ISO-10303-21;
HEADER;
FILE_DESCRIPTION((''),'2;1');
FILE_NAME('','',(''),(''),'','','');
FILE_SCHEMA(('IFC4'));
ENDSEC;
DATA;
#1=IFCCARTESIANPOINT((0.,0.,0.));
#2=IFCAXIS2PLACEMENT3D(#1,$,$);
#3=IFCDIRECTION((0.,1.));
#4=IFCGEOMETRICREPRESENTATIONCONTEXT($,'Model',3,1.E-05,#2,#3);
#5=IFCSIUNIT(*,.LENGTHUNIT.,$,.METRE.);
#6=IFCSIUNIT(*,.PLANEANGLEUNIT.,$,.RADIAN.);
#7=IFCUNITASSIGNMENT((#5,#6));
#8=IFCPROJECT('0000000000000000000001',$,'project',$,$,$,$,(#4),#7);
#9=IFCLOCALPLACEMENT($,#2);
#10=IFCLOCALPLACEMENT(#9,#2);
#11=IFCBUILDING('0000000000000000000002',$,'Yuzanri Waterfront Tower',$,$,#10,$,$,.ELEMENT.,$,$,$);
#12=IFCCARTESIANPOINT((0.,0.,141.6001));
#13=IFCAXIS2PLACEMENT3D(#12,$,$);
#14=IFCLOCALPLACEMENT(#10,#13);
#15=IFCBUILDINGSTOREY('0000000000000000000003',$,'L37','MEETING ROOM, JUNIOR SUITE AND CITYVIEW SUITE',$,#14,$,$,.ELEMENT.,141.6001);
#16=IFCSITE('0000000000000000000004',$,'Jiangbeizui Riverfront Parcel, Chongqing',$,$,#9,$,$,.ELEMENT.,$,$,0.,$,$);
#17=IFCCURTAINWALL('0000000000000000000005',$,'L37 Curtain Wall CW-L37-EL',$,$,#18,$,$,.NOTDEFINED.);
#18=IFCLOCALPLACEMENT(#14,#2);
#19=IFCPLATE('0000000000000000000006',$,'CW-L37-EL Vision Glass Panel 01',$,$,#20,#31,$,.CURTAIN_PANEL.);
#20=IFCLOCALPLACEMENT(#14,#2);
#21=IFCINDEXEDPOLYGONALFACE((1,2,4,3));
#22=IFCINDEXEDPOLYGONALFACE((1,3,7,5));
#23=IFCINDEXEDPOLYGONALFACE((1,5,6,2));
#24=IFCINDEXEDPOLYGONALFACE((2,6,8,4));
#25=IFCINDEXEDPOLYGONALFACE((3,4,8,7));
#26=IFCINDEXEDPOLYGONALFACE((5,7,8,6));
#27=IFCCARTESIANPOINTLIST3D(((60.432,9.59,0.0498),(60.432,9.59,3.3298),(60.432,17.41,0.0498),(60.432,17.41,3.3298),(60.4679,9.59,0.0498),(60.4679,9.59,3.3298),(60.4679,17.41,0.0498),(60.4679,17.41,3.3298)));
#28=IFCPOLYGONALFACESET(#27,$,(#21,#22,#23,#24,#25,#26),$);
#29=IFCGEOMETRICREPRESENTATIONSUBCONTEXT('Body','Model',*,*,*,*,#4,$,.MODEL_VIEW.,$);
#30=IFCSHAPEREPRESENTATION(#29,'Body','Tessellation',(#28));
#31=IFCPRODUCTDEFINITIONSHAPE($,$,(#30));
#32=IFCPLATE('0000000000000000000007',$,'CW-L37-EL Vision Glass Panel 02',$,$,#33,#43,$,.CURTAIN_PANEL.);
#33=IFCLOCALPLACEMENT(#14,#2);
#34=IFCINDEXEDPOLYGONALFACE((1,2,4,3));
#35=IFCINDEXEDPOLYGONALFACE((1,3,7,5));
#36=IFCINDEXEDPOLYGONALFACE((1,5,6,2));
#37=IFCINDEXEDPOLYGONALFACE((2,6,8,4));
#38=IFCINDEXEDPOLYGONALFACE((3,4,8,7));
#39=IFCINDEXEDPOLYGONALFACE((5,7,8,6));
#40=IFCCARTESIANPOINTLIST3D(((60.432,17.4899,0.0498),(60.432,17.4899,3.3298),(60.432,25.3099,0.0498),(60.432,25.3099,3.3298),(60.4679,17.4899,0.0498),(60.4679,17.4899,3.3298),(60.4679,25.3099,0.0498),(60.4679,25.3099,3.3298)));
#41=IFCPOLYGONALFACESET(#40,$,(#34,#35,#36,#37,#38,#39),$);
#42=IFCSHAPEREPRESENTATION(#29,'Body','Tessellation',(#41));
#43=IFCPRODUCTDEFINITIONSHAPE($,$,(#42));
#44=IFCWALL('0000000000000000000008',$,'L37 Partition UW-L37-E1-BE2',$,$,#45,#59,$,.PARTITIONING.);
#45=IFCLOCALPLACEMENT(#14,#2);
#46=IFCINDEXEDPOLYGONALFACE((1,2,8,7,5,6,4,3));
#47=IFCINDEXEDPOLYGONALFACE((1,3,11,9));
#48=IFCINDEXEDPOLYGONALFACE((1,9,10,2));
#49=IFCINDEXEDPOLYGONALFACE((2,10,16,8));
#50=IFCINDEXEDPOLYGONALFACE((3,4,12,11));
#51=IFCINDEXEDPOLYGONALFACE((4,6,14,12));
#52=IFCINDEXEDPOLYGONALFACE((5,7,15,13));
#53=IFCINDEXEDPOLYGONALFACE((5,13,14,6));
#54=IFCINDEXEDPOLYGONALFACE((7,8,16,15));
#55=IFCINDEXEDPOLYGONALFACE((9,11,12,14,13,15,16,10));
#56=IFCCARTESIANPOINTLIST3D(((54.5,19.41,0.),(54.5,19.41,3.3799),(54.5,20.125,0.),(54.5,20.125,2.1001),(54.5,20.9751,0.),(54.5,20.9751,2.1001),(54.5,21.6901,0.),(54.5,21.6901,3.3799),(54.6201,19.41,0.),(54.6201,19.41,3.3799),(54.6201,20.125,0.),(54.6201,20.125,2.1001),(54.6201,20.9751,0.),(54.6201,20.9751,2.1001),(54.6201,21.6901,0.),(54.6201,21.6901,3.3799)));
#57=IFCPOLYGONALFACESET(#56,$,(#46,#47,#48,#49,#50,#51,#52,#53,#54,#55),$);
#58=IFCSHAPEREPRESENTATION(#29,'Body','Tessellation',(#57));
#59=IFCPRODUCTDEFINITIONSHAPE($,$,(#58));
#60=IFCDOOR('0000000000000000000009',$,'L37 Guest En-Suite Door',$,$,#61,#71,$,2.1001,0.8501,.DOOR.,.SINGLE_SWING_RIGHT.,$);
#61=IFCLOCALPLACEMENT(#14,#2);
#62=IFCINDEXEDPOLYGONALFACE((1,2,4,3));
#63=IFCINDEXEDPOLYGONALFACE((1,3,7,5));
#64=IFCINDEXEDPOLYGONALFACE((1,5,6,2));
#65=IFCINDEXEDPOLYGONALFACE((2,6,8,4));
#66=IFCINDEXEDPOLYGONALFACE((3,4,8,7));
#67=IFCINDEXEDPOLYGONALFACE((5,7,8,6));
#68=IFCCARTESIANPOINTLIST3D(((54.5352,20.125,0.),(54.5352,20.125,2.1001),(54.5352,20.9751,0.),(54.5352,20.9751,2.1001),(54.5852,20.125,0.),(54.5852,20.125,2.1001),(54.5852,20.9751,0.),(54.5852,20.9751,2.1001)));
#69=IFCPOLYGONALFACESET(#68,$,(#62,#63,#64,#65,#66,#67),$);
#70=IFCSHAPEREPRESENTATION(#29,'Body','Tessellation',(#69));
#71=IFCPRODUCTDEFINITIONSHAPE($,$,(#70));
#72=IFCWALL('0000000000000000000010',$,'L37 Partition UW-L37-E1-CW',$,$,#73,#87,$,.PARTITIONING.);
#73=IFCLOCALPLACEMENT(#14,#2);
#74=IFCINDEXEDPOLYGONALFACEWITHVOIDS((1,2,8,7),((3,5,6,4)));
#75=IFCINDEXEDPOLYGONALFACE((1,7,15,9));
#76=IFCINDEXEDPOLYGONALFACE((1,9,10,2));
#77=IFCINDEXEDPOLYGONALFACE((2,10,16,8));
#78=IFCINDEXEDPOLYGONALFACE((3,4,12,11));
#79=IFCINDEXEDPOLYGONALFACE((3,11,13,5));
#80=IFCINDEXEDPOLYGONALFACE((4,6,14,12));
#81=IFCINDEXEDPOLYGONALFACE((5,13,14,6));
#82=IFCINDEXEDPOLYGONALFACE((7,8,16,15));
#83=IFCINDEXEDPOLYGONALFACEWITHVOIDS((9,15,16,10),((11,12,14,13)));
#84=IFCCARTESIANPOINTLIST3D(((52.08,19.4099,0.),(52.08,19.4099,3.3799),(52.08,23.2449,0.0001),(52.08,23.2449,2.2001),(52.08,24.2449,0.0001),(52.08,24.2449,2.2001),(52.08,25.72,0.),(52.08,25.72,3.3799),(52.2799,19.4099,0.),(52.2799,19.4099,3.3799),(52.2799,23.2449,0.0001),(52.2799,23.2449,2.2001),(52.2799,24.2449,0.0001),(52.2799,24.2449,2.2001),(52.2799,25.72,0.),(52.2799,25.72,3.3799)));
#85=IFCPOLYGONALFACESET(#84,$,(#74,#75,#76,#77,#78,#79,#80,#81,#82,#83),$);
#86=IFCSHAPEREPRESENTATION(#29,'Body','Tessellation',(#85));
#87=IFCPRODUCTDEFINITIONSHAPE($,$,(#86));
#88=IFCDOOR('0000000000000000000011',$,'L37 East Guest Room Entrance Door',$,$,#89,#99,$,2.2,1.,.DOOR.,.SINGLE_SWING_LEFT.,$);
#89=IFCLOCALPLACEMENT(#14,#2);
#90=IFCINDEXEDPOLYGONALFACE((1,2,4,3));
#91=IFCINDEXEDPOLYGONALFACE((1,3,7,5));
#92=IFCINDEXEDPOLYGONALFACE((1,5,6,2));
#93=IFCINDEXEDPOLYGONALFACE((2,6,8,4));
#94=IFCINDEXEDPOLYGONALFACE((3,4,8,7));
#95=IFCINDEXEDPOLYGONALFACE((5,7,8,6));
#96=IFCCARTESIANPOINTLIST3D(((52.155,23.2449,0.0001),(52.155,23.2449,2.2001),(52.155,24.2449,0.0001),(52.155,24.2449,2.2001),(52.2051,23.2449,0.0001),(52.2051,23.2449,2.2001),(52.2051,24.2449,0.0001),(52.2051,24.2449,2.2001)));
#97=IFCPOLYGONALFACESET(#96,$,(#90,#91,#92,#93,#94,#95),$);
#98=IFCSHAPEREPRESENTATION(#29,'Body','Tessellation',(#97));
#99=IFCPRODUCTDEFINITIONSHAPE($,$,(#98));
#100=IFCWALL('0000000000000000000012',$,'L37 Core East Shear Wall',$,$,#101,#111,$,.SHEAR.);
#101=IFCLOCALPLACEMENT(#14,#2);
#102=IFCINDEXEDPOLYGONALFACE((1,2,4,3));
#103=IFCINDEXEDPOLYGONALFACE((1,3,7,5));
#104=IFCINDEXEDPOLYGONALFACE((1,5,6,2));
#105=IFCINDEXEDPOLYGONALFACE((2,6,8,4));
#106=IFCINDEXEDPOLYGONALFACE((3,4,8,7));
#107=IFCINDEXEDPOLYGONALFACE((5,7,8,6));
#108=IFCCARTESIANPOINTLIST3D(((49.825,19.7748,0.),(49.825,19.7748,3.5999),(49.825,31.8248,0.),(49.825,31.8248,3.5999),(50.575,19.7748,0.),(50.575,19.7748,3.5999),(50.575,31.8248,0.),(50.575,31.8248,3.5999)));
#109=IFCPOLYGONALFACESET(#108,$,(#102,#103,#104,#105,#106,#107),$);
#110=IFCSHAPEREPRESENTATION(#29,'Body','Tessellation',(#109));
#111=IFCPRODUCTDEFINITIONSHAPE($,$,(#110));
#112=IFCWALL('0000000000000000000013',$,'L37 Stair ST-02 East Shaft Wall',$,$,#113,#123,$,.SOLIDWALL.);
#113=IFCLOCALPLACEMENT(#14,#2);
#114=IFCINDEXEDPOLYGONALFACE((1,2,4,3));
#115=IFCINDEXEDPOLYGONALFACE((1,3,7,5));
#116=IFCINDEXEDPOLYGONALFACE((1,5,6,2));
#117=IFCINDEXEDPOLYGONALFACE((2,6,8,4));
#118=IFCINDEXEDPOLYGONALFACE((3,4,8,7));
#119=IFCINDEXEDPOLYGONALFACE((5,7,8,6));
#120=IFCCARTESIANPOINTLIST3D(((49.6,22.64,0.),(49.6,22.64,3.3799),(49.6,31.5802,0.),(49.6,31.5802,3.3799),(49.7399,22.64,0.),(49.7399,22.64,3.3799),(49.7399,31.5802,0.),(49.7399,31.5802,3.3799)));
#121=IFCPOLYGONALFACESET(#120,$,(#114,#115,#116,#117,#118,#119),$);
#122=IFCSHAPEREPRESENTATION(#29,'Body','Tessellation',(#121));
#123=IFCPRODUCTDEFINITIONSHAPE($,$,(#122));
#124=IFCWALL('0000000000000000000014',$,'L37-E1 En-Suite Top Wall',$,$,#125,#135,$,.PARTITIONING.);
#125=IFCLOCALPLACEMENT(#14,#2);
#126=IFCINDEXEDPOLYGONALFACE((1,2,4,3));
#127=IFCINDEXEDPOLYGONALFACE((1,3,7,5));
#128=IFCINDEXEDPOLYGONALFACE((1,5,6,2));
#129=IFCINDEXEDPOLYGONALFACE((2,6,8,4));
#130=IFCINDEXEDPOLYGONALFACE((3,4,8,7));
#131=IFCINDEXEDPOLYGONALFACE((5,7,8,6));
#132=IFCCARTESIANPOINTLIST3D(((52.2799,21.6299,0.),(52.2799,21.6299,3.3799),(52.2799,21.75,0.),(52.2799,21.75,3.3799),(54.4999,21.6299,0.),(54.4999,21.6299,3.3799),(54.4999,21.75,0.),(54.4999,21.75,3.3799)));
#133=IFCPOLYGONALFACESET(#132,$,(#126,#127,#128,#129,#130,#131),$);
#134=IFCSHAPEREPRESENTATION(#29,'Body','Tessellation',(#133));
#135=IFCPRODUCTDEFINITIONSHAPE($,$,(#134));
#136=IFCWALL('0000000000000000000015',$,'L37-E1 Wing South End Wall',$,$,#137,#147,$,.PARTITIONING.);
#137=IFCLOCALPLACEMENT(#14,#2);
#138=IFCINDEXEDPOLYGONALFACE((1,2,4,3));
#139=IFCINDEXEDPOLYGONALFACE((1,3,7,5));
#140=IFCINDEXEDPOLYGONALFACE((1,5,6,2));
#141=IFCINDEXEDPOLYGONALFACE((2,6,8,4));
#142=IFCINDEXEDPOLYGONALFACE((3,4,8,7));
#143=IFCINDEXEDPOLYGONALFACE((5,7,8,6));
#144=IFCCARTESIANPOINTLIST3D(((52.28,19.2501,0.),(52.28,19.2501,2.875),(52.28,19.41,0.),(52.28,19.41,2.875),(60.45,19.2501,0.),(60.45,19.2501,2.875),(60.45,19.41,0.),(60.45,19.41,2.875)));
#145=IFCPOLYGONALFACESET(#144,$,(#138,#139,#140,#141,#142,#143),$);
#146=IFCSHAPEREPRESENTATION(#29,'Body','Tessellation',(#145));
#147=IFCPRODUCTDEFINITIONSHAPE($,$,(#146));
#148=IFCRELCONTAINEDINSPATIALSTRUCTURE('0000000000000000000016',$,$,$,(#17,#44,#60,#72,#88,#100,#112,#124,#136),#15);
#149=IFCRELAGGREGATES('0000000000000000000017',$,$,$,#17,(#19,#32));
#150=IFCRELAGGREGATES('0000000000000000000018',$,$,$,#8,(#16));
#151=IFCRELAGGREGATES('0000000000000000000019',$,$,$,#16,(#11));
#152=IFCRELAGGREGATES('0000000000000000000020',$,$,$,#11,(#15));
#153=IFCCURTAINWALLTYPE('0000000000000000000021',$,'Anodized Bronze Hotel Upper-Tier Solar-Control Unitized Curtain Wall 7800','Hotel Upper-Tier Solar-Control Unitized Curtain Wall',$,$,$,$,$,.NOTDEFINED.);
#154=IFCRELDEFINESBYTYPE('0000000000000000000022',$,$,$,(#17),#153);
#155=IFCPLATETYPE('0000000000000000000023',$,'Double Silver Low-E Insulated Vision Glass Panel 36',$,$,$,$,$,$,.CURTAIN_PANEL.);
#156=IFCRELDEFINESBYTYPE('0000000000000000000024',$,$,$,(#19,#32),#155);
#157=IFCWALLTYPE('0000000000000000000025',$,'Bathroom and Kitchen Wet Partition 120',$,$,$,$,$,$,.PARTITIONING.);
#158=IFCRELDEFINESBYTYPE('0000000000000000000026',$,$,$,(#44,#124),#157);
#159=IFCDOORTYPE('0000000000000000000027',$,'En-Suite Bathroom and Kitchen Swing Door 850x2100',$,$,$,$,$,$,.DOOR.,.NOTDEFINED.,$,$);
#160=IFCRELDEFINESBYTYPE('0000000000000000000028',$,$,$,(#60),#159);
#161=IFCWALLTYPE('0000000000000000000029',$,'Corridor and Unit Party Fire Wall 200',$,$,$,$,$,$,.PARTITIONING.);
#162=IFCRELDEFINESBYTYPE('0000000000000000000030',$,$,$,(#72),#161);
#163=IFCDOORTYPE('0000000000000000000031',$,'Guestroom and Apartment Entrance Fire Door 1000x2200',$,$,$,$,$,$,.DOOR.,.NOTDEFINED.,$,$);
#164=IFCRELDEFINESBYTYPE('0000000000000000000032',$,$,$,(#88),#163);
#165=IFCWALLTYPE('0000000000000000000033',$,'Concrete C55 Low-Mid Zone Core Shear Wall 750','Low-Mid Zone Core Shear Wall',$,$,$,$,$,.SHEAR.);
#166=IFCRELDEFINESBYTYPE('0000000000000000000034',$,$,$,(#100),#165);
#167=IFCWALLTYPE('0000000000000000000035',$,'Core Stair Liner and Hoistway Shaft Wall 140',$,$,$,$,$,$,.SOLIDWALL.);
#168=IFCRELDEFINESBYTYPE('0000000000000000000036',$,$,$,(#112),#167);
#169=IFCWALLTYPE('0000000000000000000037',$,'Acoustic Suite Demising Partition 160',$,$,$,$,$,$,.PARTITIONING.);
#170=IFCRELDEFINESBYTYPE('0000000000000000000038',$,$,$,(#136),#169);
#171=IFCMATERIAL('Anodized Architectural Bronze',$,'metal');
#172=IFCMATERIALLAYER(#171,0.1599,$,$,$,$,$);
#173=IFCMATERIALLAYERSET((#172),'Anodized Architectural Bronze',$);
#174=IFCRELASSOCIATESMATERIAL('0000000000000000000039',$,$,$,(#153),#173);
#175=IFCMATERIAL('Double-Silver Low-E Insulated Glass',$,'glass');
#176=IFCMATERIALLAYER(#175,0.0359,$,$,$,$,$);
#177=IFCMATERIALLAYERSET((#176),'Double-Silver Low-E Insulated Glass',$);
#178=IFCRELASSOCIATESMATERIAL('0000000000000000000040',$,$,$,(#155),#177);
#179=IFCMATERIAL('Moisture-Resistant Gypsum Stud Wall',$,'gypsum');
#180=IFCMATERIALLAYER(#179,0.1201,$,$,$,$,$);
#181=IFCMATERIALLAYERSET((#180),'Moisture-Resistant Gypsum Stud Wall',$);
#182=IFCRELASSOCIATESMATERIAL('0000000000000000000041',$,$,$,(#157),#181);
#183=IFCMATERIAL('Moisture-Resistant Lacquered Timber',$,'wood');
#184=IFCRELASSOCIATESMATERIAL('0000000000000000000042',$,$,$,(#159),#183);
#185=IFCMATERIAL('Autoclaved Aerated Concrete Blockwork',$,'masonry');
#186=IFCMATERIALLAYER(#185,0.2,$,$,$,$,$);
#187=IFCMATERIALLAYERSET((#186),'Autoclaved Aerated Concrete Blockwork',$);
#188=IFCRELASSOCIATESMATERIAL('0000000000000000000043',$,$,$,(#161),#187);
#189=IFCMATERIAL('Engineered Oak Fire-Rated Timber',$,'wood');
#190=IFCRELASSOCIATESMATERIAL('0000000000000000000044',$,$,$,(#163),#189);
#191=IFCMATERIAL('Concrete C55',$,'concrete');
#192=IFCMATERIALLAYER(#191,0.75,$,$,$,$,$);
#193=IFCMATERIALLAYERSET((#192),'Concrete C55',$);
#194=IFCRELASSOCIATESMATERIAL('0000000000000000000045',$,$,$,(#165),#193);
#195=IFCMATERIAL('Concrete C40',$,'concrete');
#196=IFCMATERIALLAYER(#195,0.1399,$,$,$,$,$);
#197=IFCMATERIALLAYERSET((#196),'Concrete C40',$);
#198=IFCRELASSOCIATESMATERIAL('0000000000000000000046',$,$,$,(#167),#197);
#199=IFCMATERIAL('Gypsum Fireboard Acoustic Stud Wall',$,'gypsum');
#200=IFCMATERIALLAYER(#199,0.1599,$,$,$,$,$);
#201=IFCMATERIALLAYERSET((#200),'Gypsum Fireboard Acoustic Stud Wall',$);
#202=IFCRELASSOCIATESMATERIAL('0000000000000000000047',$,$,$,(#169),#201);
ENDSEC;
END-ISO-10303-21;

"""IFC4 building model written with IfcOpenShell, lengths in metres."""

from ifc_helpers import new_model, si_unit, direction, frame, frame_2d, origin, origin_2d, place, context, subcontext, project, spatial, rectangle, extrude, source, transform, mapped, material, layer, layer_set, type_object, element, fill, aggregate, save


model = new_model("IFC4")

# Units and contexts
model_context = context("Model", 3, precision=1e-05, world=origin(), true_north=direction((0.0, 1.0)))
body_context = subcontext(model_context, "Body", "Model", "MODEL_VIEW")
ifc_project = project(units=[si_unit("LENGTHUNIT", "METRE"), si_unit("PLANEANGLEUNIT", "RADIAN")], contexts=[model_context])

# Site, building, storey
site_placement = place(None, origin())
site = spatial("IfcSite", under=ifc_project, at=site_placement, Name="Jiangbeizui Riverfront Parcel, Chongqing", CompositionType="ELEMENT", RefElevation=0.0)
building_placement = place(site_placement, origin())
building = spatial("IfcBuilding", under=site, at=building_placement, Name="Yuzanri Waterfront Tower", CompositionType="ELEMENT")
storey_placement = place(building_placement, frame((0.0, 0.0, 141.6001)))
storey = spatial("IfcBuildingStorey", under=building, at=storey_placement, Name="L37", Description="MEETING ROOM, JUNIOR SUITE AND CITYVIEW SUITE", CompositionType="ELEMENT", Elevation=141.6001)

# Curtain wall, plates
ifc_material_1 = material(Name="Anodized Architectural Bronze", Category="metal")
ifc_layer_1 = layer(ifc_material_1, 0.1599)
ifc_layer_set_1 = layer_set([ifc_layer_1], Name="Anodized Architectural Bronze")
curtain_wall_type = type_object("IfcCurtainWallType", Name="Anodized Bronze Hotel Upper-Tier Solar-Control Unitized Curtain Wall 7800", Description="Hotel Upper-Tier Solar-Control Unitized Curtain Wall", PredefinedType="NOTDEFINED", material=ifc_layer_set_1)
curtain_wall_placement = place(storey_placement, origin())
curtain_wall = element("IfcCurtainWall", 1, at=curtain_wall_placement, inside=storey, type_object=curtain_wall_type, Name="L37 Curtain Wall CW-L37-EL", PredefinedType="NOTDEFINED")
ifc_material_2 = material(Name="Double-Silver Low-E Insulated Glass", Category="glass")
ifc_layer_2 = layer(ifc_material_2, 0.0359)
ifc_layer_set_2 = layer_set([ifc_layer_2], Name="Double-Silver Low-E Insulated Glass")
plate_type = type_object("IfcPlateType", Name="Double Silver Low-E Insulated Vision Glass Panel 36", PredefinedType="CURTAIN_PANEL", material=ifc_layer_set_2)
shared_shape_1 = source(origin(), body_context, "Body", "SweptSolid", [
    extrude(rectangle(XDim=7.8201, YDim=0.0359, at=origin_2d()), origin(), (0.0, 0.0, 1.0), 3.28),
])
plate_1_placement = place(storey_placement, frame((60.45, 13.5, 0.0498), z_axis=(0.0, 0.0, 1.0), x_axis=(0.0, 1.0, 0.0)))
plate_1 = element("IfcPlate", 2, at=plate_1_placement, type_object=plate_type, Name="CW-L37-EL Vision Glass Panel 01", PredefinedType="CURTAIN_PANEL", context=body_context, shape_type="MappedRepresentation", body=[
    mapped(shared_shape_1, transform((0.0, 0.0, 0.0), scale=1.0)),
])
plate_2_placement = place(storey_placement, frame((60.45, 21.3999, 0.0498), z_axis=(0.0, 0.0, 1.0), x_axis=(0.0, 1.0, 0.0)))
plate_2 = element("IfcPlate", 3, at=plate_2_placement, type_object=plate_type, Name="CW-L37-EL Vision Glass Panel 02", PredefinedType="CURTAIN_PANEL", context=body_context, shape_type="MappedRepresentation", body=[
    mapped(shared_shape_1, transform((0.0, 0.0, 0.0), scale=1.0)),
])
aggregate(curtain_wall, [plate_1, plate_2])

# Walls, openings, doors
ifc_material_3 = material(Name="Moisture-Resistant Gypsum Stud Wall", Category="gypsum")
ifc_layer_3 = layer(ifc_material_3, 0.1201)
ifc_layer_set_3 = layer_set([ifc_layer_3], Name="Moisture-Resistant Gypsum Stud Wall")
wall_type_1 = type_object("IfcWallType", Name="Bathroom and Kitchen Wet Partition 120", PredefinedType="PARTITIONING", material=ifc_layer_set_3)
wall_1_placement = place(storey_placement, frame((54.5601, 19.4099, 0.0), z_axis=(0.0, 0.0, 1.0), x_axis=(0.0, 1.0, 0.0)))
wall_1 = element("IfcWall", 4, at=wall_1_placement, inside=storey, type_object=wall_type_1, Name="L37 Partition UW-L37-E1-BE2", PredefinedType="PARTITIONING", context=body_context, shape_type="SweptSolid", body=[
    extrude(rectangle(XDim=2.28, YDim=0.1201, at=frame_2d((1.1401, 0.0))), origin(), (0.0, 0.0, 1.0), 3.3799),
])
opening_1_placement = place(wall_1_placement, frame((0.7151, 0.0, 0.0)))
opening_1 = element("IfcOpeningElement", 5, at=opening_1_placement, cuts=wall_1, PredefinedType="OPENING", context=body_context, shape_type="SweptSolid", body=[
    extrude(rectangle(XDim=0.8501, YDim=2.1001, at=frame_2d((0.425, 1.05))), frame((0.0, 0.075, 0.0), z_axis=(0.0, -1.0, 0.0), x_axis=(1.0, 0.0, 0.0)), (0.0, 0.0, 1.0), 0.1499),
])
ifc_material_4 = material(Name="Moisture-Resistant Lacquered Timber", Category="wood")
door_type_1 = type_object("IfcDoorType", Name="En-Suite Bathroom and Kitchen Swing Door 850x2100", OperationType="NOTDEFINED", PredefinedType="DOOR", material=ifc_material_4)
shared_shape_2 = source(origin(), body_context, "Body", "SweptSolid", [
    extrude(rectangle(XDim=0.8501, YDim=2.1001, at=frame_2d((0.425, 1.05))), frame((0.0, 0.0249, 0.0), z_axis=(0.0, -1.0, 0.0), x_axis=(1.0, 0.0, 0.0)), (0.0, 0.0, 1.0), 0.05),
])
door_1_placement = place(opening_1_placement, origin())
door_1 = element("IfcDoor", 6, at=door_1_placement, inside=storey, type_object=door_type_1, Name="L37 Guest En-Suite Door", OperationType="SINGLE_SWING_RIGHT", OverallHeight=2.1001, OverallWidth=0.8501, PredefinedType="DOOR", context=body_context, shape_type="MappedRepresentation", body=[
    mapped(shared_shape_2, transform((0.0, 0.0, 0.0), scale=1.0)),
])
fill(opening_1, door_1)
ifc_material_5 = material(Name="Autoclaved Aerated Concrete Blockwork", Category="masonry")
ifc_layer_4 = layer(ifc_material_5, 0.2)
ifc_layer_set_4 = layer_set([ifc_layer_4], Name="Autoclaved Aerated Concrete Blockwork")
wall_type_2 = type_object("IfcWallType", Name="Corridor and Unit Party Fire Wall 200", PredefinedType="PARTITIONING", material=ifc_layer_set_4)
wall_2_placement = place(storey_placement, frame((52.1799, 19.4099, 0.0), z_axis=(0.0, 0.0, 1.0), x_axis=(0.0, 1.0, 0.0)))
wall_2 = element("IfcWall", 7, at=wall_2_placement, inside=storey, type_object=wall_type_2, Name="L37 Partition UW-L37-E1-CW", PredefinedType="PARTITIONING", context=body_context, shape_type="SweptSolid", body=[
    extrude(rectangle(XDim=6.3101, YDim=0.2, at=frame_2d((3.155, 0.0))), origin(), (0.0, 0.0, 1.0), 3.3799),
])
opening_2_placement = place(wall_2_placement, frame((3.835, 0.0, 0.0)))
opening_2 = element("IfcOpeningElement", 8, at=opening_2_placement, cuts=wall_2, PredefinedType="OPENING", context=body_context, shape_type="SweptSolid", body=[
    extrude(rectangle(XDim=1.0, YDim=2.2, at=frame_2d((0.5, 1.1001))), frame((0.0, 0.1147, 0.0), z_axis=(0.0, -1.0, 0.0), x_axis=(1.0, 0.0, 0.0)), (0.0, 0.0, 1.0), 0.2297),
])
ifc_material_6 = material(Name="Engineered Oak Fire-Rated Timber", Category="wood")
door_type_2 = type_object("IfcDoorType", Name="Guestroom and Apartment Entrance Fire Door 1000x2200", OperationType="NOTDEFINED", PredefinedType="DOOR", material=ifc_material_6)
shared_shape_3 = source(origin(), body_context, "Body", "SweptSolid", [
    extrude(rectangle(XDim=1.0, YDim=2.2, at=frame_2d((0.5, 1.1001))), frame((0.0, 0.0249, 0.0), z_axis=(0.0, -1.0, 0.0), x_axis=(1.0, 0.0, 0.0)), (0.0, 0.0, 1.0), 0.05),
])
door_2_placement = place(opening_2_placement, origin())
door_2 = element("IfcDoor", 9, at=door_2_placement, inside=storey, type_object=door_type_2, Name="L37 East Guest Room Entrance Door", OperationType="SINGLE_SWING_LEFT", OverallHeight=2.2, OverallWidth=1.0, PredefinedType="DOOR", context=body_context, shape_type="MappedRepresentation", body=[
    mapped(shared_shape_3, transform((0.0, 0.0, 0.0), scale=1.0)),
])
fill(opening_2, door_2)

# Walls
ifc_material_7 = material(Name="Concrete C55", Category="concrete")
ifc_layer_5 = layer(ifc_material_7, 0.75)
ifc_layer_set_5 = layer_set([ifc_layer_5], Name="Concrete C55")
wall_type_3 = type_object("IfcWallType", Name="Concrete C55 Low-Mid Zone Core Shear Wall 750", Description="Low-Mid Zone Core Shear Wall", PredefinedType="SHEAR", material=ifc_layer_set_5)
shared_shape_4 = source(origin(), body_context, "Body", "SweptSolid", [
    extrude(rectangle(XDim=12.05, YDim=0.75, at=frame_2d((6.0249, 0.0))), origin(), (0.0, 0.0, 1.0), 3.5999),
])
wall_3_placement = place(storey_placement, frame((50.2, 19.7749, 0.0), z_axis=(0.0, 0.0, 1.0), x_axis=(0.0, 1.0, 0.0)))
element("IfcWall", 10, at=wall_3_placement, inside=storey, type_object=wall_type_3, Name="L37 Core East Shear Wall", PredefinedType="SHEAR", context=body_context, shape_type="MappedRepresentation", body=[
    mapped(shared_shape_4, transform((0.0, 0.0, 0.0), scale=1.0)),
])
ifc_material_8 = material(Name="Concrete C40", Category="concrete")
ifc_layer_6 = layer(ifc_material_8, 0.1399)
ifc_layer_set_6 = layer_set([ifc_layer_6], Name="Concrete C40")
wall_type_4 = type_object("IfcWallType", Name="Core Stair Liner and Hoistway Shaft Wall 140", PredefinedType="SOLIDWALL", material=ifc_layer_set_6)
shared_shape_5 = source(origin(), body_context, "Body", "SweptSolid", [
    extrude(rectangle(XDim=8.9402, YDim=0.1399, at=frame_2d((4.4702, 0.0))), origin(), (0.0, 0.0, 1.0), 3.3799),
])
wall_4_placement = place(storey_placement, frame((49.6699, 22.6399, 0.0), z_axis=(0.0, 0.0, 1.0), x_axis=(0.0, 1.0, 0.0)))
element("IfcWall", 11, at=wall_4_placement, inside=storey, type_object=wall_type_4, Name="L37 Stair ST-02 East Shaft Wall", PredefinedType="SOLIDWALL", context=body_context, shape_type="MappedRepresentation", body=[
    mapped(shared_shape_5, transform((0.0, 0.0, 0.0), scale=1.0)),
])
shared_shape_6 = source(origin(), body_context, "Body", "SweptSolid", [
    extrude(rectangle(XDim=2.22, YDim=0.1201, at=frame_2d((1.1099, 0.0))), origin(), (0.0, 0.0, 1.0), 3.3799),
])
wall_5_placement = place(storey_placement, frame((52.28, 21.6899, 0.0), z_axis=(0.0, 0.0, 1.0), x_axis=(1.0, 0.0, 0.0)))
element("IfcWall", 12, at=wall_5_placement, inside=storey, type_object=wall_type_1, Name="L37-E1 En-Suite Top Wall", PredefinedType="PARTITIONING", context=body_context, shape_type="MappedRepresentation", body=[
    mapped(shared_shape_6, transform((0.0, 0.0, 0.0), scale=1.0)),
])
ifc_material_9 = material(Name="Gypsum Fireboard Acoustic Stud Wall", Category="gypsum")
ifc_layer_7 = layer(ifc_material_9, 0.1599)
ifc_layer_set_7 = layer_set([ifc_layer_7], Name="Gypsum Fireboard Acoustic Stud Wall")
wall_type_5 = type_object("IfcWallType", Name="Acoustic Suite Demising Partition 160", PredefinedType="PARTITIONING", material=ifc_layer_set_7)
shared_shape_7 = source(origin(), body_context, "Body", "SweptSolid", [
    extrude(rectangle(XDim=8.1699, YDim=0.1599, at=frame_2d((4.085, 0.0))), origin(), (0.0, 0.0, 1.0), 2.875),
])
wall_6_placement = place(storey_placement, frame((52.28, 19.3301, 0.0), z_axis=(0.0, 0.0, 1.0), x_axis=(1.0, 0.0, 0.0)))
element("IfcWall", 13, at=wall_6_placement, inside=storey, type_object=wall_type_5, Name="L37-E1 Wing South End Wall", PredefinedType="PARTITIONING", context=body_context, shape_type="MappedRepresentation", body=[
    mapped(shared_shape_7, transform((0.0, 0.0, 0.0), scale=1.0)),
])

save(model, "model.ifc")
